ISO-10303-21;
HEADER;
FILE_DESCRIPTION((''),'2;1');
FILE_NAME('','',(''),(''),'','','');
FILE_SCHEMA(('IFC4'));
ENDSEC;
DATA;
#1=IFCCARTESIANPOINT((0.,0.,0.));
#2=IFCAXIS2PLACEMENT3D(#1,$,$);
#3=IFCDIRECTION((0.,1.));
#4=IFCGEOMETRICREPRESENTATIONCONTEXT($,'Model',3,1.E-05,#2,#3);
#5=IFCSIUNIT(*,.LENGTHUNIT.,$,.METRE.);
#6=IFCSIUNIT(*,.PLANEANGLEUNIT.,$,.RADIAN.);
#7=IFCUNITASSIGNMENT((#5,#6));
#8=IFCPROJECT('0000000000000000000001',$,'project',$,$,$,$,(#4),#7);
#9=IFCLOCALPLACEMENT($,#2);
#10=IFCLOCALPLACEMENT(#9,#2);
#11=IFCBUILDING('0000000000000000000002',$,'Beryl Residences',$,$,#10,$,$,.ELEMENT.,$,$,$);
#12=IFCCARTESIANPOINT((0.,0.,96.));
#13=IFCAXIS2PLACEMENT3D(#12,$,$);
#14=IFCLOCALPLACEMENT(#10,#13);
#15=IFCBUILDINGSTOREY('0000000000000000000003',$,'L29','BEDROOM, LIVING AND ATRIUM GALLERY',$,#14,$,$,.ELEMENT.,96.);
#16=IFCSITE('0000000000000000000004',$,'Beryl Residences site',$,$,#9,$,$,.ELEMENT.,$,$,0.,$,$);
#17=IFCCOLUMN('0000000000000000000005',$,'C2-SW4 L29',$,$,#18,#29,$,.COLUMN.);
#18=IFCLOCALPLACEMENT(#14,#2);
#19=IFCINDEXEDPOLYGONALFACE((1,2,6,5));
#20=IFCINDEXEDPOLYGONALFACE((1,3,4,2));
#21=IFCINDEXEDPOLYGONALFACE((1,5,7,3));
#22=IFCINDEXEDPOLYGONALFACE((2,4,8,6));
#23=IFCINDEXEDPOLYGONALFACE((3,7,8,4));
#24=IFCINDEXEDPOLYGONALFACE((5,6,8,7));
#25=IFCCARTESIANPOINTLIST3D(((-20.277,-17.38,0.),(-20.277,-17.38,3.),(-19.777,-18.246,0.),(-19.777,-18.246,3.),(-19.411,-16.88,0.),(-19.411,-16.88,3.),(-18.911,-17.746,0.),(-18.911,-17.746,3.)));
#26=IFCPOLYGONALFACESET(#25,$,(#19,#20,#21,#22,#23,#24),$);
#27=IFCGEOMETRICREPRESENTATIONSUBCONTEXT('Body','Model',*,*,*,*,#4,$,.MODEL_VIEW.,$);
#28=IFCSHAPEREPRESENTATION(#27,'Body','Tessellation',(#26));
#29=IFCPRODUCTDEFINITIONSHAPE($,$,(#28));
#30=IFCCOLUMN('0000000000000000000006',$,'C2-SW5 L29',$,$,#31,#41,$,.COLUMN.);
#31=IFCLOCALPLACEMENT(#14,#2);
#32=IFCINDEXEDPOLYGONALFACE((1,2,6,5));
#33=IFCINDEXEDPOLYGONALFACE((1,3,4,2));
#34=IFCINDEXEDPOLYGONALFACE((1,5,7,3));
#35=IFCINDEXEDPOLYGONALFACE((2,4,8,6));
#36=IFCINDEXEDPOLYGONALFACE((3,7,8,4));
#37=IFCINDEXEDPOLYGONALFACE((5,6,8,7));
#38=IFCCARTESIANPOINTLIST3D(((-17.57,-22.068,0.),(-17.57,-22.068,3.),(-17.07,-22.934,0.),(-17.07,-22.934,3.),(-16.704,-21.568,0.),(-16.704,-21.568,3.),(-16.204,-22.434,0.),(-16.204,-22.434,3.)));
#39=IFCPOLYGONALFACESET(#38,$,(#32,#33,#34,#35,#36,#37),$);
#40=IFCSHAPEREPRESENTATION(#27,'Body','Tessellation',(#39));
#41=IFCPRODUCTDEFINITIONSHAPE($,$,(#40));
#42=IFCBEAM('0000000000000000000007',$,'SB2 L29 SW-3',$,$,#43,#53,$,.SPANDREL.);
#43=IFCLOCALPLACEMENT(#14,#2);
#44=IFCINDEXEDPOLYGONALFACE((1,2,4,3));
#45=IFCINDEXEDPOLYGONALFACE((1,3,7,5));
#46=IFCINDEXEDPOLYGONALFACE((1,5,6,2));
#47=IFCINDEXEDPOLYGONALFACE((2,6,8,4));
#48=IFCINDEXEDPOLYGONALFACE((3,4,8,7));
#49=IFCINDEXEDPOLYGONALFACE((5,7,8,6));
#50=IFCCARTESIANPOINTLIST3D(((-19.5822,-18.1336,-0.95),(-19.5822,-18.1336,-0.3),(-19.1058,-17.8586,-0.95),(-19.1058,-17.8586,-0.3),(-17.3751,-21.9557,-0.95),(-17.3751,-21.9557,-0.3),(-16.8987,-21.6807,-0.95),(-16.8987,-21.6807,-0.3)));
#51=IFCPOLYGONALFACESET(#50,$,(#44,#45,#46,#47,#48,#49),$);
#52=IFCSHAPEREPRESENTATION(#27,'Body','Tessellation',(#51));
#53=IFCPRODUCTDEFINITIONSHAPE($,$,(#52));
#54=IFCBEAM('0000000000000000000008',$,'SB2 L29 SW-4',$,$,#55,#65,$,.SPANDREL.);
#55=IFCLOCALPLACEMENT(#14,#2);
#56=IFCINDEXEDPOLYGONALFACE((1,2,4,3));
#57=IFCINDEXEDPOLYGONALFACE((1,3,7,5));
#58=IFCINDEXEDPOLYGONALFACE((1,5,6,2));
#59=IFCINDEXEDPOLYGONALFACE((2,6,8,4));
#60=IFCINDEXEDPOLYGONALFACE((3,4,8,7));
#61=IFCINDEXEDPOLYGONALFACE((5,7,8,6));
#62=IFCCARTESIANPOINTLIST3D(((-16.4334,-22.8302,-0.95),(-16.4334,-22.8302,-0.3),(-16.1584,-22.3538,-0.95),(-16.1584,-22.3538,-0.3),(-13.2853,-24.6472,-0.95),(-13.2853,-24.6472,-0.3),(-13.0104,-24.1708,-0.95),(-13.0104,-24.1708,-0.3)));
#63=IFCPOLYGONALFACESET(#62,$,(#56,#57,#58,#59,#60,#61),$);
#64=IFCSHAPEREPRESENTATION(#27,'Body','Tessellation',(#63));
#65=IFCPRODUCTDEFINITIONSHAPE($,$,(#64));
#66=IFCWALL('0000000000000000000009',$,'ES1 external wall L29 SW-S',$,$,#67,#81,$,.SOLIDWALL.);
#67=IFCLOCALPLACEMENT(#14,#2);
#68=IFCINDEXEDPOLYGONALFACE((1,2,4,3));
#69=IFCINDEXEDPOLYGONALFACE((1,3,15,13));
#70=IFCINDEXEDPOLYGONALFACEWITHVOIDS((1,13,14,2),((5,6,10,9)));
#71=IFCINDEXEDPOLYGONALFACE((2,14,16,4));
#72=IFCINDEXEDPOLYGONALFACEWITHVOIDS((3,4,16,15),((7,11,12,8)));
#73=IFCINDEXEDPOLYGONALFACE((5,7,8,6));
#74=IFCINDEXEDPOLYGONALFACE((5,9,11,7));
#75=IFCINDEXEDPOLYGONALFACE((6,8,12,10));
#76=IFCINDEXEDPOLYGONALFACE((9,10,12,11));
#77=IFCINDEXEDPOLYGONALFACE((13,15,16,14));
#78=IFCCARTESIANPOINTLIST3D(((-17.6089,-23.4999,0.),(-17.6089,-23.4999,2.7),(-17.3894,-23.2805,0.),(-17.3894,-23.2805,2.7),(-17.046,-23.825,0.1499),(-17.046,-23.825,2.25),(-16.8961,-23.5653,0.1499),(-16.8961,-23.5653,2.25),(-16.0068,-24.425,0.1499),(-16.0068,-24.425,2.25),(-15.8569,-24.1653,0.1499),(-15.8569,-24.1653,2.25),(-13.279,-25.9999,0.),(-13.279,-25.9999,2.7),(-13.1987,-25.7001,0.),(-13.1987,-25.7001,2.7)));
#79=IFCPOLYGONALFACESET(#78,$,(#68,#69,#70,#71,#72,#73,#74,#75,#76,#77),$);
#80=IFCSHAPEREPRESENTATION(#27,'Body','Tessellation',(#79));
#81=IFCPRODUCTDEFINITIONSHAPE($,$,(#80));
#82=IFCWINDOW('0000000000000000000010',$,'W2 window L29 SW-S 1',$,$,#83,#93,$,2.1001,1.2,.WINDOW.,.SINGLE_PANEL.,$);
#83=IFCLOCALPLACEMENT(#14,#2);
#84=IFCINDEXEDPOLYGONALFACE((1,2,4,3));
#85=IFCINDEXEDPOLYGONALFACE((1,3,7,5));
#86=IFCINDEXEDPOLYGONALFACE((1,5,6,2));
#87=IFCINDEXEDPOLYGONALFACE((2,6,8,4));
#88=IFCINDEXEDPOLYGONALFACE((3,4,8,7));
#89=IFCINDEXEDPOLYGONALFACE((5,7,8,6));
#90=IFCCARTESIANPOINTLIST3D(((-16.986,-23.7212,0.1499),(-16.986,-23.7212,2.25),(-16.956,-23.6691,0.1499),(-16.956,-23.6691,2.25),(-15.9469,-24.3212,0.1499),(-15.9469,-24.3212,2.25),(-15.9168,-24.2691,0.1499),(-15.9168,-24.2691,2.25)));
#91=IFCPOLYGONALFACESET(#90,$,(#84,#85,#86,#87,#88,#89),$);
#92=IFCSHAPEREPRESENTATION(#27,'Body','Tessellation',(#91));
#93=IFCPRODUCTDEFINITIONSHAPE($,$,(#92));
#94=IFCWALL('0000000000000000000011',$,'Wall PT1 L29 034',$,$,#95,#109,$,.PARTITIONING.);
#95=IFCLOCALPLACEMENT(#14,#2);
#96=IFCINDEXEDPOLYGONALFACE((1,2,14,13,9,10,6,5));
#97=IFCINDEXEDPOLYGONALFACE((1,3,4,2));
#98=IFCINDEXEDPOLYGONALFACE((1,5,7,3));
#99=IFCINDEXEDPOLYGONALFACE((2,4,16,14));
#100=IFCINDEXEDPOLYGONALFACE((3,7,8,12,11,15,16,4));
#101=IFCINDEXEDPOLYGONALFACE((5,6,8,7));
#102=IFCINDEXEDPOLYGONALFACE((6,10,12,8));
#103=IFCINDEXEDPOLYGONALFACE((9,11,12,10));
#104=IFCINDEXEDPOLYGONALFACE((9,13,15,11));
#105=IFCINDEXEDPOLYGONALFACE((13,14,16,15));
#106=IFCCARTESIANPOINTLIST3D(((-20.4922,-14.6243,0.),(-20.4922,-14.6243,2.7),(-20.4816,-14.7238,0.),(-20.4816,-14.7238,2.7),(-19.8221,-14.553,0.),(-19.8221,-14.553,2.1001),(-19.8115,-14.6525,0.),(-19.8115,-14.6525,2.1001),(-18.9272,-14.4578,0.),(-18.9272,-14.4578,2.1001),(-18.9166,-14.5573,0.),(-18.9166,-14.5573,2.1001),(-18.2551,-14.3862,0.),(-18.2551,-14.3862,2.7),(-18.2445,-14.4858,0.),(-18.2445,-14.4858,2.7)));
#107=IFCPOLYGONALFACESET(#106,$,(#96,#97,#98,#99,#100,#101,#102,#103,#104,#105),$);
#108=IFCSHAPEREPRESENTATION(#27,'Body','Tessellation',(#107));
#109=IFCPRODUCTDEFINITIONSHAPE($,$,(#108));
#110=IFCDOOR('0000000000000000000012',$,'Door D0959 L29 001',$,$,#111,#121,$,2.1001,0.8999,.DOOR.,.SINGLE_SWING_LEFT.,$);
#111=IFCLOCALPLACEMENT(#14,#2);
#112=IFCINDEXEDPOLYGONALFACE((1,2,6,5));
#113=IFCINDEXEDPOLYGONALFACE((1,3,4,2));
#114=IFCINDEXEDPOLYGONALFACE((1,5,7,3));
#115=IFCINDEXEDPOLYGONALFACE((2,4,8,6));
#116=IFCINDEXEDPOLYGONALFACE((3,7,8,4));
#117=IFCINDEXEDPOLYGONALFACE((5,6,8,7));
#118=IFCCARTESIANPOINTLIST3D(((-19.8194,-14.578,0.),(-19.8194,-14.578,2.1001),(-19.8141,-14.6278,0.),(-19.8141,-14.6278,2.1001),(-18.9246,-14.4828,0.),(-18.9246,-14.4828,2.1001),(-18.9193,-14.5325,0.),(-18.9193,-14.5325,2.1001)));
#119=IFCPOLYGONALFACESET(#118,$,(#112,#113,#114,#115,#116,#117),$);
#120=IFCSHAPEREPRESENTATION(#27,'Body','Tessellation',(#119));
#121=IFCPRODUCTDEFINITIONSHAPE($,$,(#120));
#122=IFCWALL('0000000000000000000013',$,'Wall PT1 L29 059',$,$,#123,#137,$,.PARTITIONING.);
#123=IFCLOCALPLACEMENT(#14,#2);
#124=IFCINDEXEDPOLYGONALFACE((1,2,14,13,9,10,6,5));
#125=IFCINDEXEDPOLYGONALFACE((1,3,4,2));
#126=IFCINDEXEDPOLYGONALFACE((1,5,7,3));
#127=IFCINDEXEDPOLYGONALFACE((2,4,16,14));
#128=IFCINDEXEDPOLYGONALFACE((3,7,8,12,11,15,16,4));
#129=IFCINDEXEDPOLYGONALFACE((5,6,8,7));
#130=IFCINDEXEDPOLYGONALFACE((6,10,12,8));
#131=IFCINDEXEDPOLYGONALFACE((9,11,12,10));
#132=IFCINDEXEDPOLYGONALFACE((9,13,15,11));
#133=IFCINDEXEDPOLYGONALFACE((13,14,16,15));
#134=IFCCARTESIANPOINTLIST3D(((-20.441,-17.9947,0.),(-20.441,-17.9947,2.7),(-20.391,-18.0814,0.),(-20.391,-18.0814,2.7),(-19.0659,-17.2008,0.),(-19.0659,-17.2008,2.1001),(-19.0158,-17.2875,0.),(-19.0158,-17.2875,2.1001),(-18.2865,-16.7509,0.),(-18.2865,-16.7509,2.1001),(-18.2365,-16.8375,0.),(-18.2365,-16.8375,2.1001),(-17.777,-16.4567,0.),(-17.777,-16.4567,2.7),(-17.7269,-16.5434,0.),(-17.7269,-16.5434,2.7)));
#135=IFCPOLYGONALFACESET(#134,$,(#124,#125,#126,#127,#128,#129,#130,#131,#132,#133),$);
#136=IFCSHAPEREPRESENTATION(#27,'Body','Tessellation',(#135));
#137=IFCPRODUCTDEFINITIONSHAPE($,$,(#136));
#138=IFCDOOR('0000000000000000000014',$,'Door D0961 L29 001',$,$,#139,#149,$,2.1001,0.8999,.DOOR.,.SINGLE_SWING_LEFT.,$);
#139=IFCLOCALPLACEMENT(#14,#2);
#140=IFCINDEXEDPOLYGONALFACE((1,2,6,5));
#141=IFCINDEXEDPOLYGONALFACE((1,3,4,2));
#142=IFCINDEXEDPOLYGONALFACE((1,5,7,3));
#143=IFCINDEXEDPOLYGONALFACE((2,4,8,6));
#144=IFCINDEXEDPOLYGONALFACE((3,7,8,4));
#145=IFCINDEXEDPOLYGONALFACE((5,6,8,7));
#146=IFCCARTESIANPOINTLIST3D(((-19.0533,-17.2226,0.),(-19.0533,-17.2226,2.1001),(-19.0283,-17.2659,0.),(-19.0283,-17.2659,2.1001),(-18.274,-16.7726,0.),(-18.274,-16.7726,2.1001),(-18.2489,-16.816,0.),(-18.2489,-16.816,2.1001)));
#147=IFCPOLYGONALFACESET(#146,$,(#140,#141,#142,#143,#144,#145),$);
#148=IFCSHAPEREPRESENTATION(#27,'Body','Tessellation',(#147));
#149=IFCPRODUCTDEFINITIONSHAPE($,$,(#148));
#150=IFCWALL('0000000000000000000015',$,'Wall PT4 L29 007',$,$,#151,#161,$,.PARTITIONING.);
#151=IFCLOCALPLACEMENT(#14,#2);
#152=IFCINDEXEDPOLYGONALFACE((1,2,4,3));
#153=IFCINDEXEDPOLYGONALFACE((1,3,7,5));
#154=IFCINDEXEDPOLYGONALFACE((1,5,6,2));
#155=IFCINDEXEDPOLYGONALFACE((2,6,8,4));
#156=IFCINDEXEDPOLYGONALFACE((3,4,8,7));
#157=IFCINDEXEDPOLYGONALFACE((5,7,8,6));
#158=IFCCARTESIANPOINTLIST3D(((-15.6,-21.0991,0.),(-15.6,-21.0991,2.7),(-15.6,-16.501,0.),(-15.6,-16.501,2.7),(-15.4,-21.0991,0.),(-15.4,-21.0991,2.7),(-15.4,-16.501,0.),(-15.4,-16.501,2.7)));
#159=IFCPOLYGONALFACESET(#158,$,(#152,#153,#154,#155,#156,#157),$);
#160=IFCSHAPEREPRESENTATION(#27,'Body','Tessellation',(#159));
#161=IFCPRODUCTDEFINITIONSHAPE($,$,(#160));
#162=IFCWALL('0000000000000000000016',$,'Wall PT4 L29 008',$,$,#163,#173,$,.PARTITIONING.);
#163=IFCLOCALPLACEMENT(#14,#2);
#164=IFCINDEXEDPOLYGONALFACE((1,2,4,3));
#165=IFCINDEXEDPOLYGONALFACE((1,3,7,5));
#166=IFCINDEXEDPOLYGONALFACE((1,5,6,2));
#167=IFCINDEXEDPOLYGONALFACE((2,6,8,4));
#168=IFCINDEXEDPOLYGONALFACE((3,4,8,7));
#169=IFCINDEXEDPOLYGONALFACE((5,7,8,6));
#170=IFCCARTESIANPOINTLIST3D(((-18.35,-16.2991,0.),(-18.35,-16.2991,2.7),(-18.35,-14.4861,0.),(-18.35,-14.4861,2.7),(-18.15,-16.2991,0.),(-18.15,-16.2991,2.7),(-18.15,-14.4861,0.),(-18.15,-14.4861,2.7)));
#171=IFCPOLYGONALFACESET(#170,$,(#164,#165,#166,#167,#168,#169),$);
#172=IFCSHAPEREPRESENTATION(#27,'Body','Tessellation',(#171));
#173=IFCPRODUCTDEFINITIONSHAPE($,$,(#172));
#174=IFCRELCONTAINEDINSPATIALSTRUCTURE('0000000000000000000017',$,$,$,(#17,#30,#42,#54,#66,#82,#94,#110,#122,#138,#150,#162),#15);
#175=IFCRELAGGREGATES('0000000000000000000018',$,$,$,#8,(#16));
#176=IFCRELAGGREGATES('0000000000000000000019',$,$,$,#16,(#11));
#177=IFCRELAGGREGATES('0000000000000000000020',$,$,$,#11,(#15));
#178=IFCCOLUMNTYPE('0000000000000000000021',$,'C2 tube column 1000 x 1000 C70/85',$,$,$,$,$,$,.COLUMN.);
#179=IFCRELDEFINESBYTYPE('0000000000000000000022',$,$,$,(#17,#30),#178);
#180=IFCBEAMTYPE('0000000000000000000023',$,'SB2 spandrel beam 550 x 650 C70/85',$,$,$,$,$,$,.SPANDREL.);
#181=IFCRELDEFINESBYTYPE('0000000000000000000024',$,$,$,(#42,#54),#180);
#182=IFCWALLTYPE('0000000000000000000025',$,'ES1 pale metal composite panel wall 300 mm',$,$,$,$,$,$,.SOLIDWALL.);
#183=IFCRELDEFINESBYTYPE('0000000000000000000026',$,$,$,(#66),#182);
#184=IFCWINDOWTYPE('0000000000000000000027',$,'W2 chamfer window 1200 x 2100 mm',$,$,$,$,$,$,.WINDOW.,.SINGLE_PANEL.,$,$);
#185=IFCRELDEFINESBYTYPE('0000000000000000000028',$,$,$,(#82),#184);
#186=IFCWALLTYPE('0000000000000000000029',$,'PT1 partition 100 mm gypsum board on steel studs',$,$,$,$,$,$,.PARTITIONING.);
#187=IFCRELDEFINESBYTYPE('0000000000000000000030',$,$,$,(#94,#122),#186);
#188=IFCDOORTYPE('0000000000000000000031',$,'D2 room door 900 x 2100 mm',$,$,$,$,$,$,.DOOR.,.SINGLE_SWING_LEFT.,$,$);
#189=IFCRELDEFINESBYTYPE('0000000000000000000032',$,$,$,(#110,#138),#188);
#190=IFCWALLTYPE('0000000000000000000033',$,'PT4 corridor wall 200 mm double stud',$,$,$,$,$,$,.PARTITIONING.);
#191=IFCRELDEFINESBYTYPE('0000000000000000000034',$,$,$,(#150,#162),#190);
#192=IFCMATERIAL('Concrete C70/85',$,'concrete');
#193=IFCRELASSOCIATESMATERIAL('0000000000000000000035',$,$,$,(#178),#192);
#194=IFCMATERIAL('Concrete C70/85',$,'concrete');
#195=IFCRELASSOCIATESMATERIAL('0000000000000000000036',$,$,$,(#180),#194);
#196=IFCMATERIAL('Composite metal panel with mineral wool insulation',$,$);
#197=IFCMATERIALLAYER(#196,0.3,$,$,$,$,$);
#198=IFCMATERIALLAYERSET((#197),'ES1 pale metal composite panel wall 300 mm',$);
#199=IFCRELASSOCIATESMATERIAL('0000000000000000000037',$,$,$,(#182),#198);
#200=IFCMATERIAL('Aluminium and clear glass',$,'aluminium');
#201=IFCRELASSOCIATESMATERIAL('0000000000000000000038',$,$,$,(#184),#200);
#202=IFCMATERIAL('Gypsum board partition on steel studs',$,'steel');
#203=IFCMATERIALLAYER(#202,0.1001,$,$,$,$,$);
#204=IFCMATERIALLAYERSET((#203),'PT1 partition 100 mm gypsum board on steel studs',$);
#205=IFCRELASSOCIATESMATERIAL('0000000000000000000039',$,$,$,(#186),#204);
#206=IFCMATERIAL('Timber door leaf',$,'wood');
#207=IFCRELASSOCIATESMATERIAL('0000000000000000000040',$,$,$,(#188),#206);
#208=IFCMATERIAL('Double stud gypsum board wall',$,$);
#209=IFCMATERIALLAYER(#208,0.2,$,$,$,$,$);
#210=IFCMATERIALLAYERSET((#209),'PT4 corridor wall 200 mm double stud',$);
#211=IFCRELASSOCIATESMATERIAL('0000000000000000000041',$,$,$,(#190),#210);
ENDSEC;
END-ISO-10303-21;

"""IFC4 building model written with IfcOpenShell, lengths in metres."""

from ifc_helpers import new_model, si_unit, direction, frame, frame_2d, origin, origin_2d, place, context, subcontext, project, spatial, polyline, rectangle, outline, extrude, material, layer, layer_set, material_profile, profile_set, type_object, element, fill, save


model = new_model("IFC4")

# Units and contexts
model_context = context("Model", 3, precision=1e-05, world=origin(), true_north=direction((0.0, 1.0)))
body_context = subcontext(model_context, "Body", "Model", "MODEL_VIEW")
ifc_project = project(units=[si_unit("LENGTHUNIT", "METRE"), si_unit("PLANEANGLEUNIT", "RADIAN")], contexts=[model_context])

# Site, building, storey
site_placement = place(None, origin())
site = spatial("IfcSite", under=ifc_project, at=site_placement, Name="Beryl Residences site", CompositionType="ELEMENT", RefElevation=0.0)
building_placement = place(site_placement, origin())
building = spatial("IfcBuilding", under=site, at=building_placement, Name="Beryl Residences", CompositionType="ELEMENT")
storey_placement = place(building_placement, frame((0.0, 0.0, 96.0)))
storey = spatial("IfcBuildingStorey", under=building, at=storey_placement, Name="L29", Description="BEDROOM, LIVING AND ATRIUM GALLERY", CompositionType="ELEMENT", Elevation=96.0)

# Columns
ifc_material_1 = material(Name="Concrete C70/85", Category="concrete")
ifc_material_profile_1 = material_profile(ifc_material_1, rectangle(XDim=1.0, YDim=1.0, at=origin_2d()))
ifc_profile_set_1 = profile_set([ifc_material_profile_1], Name="Concrete C70/85")
column_type = type_object("IfcColumnType", Name="C2 tube column 1000 x 1000 C70/85", PredefinedType="COLUMN", material=ifc_profile_set_1)
for number, where, z_axis, x_axis, name in (
    (1, (-19.594, -17.563, 0.0), (0.0, 0.0, 1.0), (0.5, -0.866025, 0.0), "C2-SW4 L29"),
    (2, (-16.887, -22.251, 0.0), (0.0, 0.0, 1.0), (0.5, -0.866025, 0.0), "C2-SW5 L29"),
):
    element("IfcColumn", number, at=place(storey_placement, frame(where, z_axis=z_axis, x_axis=x_axis)), inside=storey, type_object=column_type, Name=name, PredefinedType="COLUMN", context=body_context, shape_type="SweptSolid", body=[
        extrude(rectangle(XDim=1.0, YDim=1.0, at=origin_2d()), origin(), (0.0, 0.0, 1.0), 3.0),
    ])

# Beams
ifc_material_2 = material(Name="Concrete C70/85", Category="concrete")
ifc_material_profile_2 = material_profile(ifc_material_2, rectangle(XDim=0.55, YDim=0.6499, at=origin_2d()))
ifc_profile_set_2 = profile_set([ifc_material_profile_2], Name="Concrete C70/85")
beam_type = type_object("IfcBeamType", Name="SB2 spandrel beam 550 x 650 C70/85", PredefinedType="SPANDREL", material=ifc_profile_set_2)
beam_1_placement = place(storey_placement, frame((-19.344, -17.9961, -0.625), z_axis=(0.500066, -0.865988, 0.0), x_axis=(0.865988, 0.500066, 0.0)))
element("IfcBeam", 3, at=beam_1_placement, inside=storey, type_object=beam_type, Name="SB2 L29 SW-3", PredefinedType="SPANDREL", context=body_context, shape_type="SweptSolid", body=[
    extrude(rectangle(XDim=0.55, YDim=0.6499, at=origin_2d()), origin(), (0.0, 0.0, 1.0), 4.4136),
])
beam_2_placement = place(storey_placement, frame((-16.2959, -22.592, -0.625), z_axis=(0.866094, -0.499881, 0.0), x_axis=(0.499881, 0.866094, 0.0)))
element("IfcBeam", 4, at=beam_2_placement, inside=storey, type_object=beam_type, Name="SB2 L29 SW-4", PredefinedType="SPANDREL", context=body_context, shape_type="SweptSolid", body=[
    extrude(rectangle(XDim=0.55, YDim=0.6499, at=origin_2d()), origin(), (0.0, 0.0, 1.0), 3.6348),
])

# Wall, opening, window
ifc_material_3 = material(Name="Composite metal panel with mineral wool insulation")
ifc_layer_1 = layer(ifc_material_3, 0.3)
ifc_layer_set_1 = layer_set([ifc_layer_1], Name="ES1 pale metal composite panel wall 300 mm")
wall_type_1 = type_object("IfcWallType", Name="ES1 pale metal composite panel wall 300 mm", PredefinedType="SOLIDWALL", material=ifc_layer_set_1)
wall_1_placement = place(storey_placement, frame((-17.5339, -23.3701, 0.0), z_axis=(0.0, 0.0, 1.0), x_axis=(0.866011, -0.500025, 0.0)))
wall_1 = element("IfcWall", 5, at=wall_1_placement, inside=storey, type_object=wall_type_1, Name="ES1 external wall L29 SW-S", PredefinedType="SOLIDWALL", context=body_context, shape_type="SweptSolid", body=[
    extrude(outline(polyline([(0.0, -0.1499), (4.9998, -0.1499), (4.9194, 0.1499), (0.0803, 0.1499), (0.0, -0.1499)])), origin(), (0.0, 0.0, 1.0), 2.7),
])
opening_1_placement = place(wall_1_placement, frame((0.6499, 0.0, 0.1499)))
opening_1 = element("IfcOpeningElement", 6, at=opening_1_placement, cuts=wall_1, PredefinedType="OPENING", context=body_context, shape_type="SweptSolid", body=[
    extrude(rectangle(XDim=1.2, YDim=2.1001, at=frame_2d((0.6001, 1.05))), frame((0.0, 0.1599, 0.0), z_axis=(0.0, -1.0, 0.0), x_axis=(1.0, 0.0, 0.0)), (0.0, 0.0, 1.0), 0.3201),
])
ifc_material_4 = material(Name="Aluminium and clear glass", Category="aluminium")
window_type = type_object("IfcWindowType", Name="W2 chamfer window 1200 x 2100 mm", PartitioningType="SINGLE_PANEL", PredefinedType="WINDOW", material=ifc_material_4)
window_placement = place(opening_1_placement, origin())
window = element("IfcWindow", 7, at=window_placement, inside=storey, type_object=window_type, Name="W2 window L29 SW-S 1", OverallHeight=2.1001, OverallWidth=1.2, PartitioningType="SINGLE_PANEL", PredefinedType="WINDOW", context=body_context, shape_type="SweptSolid", body=[
    extrude(rectangle(XDim=1.2, YDim=2.1001, at=frame_2d((0.6001, 1.05))), frame((0.0, 0.03, 0.0), z_axis=(0.0, -1.0, 0.0), x_axis=(1.0, 0.0, 0.0)), (0.0, 0.0, 1.0), 0.0601),
])
fill(opening_1, window)

# Walls, openings, doors
ifc_material_5 = material(Name="Gypsum board partition on steel studs", Category="steel")
ifc_layer_2 = layer(ifc_material_5, 0.1001)
ifc_layer_set_2 = layer_set([ifc_layer_2], Name="PT1 partition 100 mm gypsum board on steel studs")
wall_type_2 = type_object("IfcWallType", Name="PT1 partition 100 mm gypsum board on steel studs", PredefinedType="PARTITIONING", material=ifc_layer_set_2)
wall_2_placement = place(storey_placement, frame((-20.4871, -14.6741, 0.0), z_axis=(0.0, 0.0, 1.0), x_axis=(0.994386, 0.105809, 0.0)))
wall_2 = element("IfcWall", 8, at=wall_2_placement, inside=storey, type_object=wall_type_2, Name="Wall PT1 L29 034", PredefinedType="PARTITIONING", context=body_context, shape_type="SweptSolid", body=[
    extrude(rectangle(XDim=2.2498, YDim=0.1001, at=frame_2d((1.125, 0.0))), origin(), (0.0, 0.0, 1.0), 2.7),
])
opening_2_placement = place(wall_2_placement, frame((0.6741, 0.0, 0.0)))
opening_2 = element("IfcOpeningElement", 9, at=opening_2_placement, cuts=wall_2, PredefinedType="OPENING", context=body_context, shape_type="SweptSolid", body=[
    extrude(rectangle(XDim=0.8999, YDim=2.1001, at=frame_2d((0.45, 1.05))), frame((0.0, 0.0601, 0.0), z_axis=(0.0, -1.0, 0.0), x_axis=(1.0, 0.0, 0.0)), (0.0, 0.0, 1.0), 0.1201),
])
ifc_material_6 = material(Name="Timber door leaf", Category="wood")
door_type_1 = type_object("IfcDoorType", Name="D2 room door 900 x 2100 mm", OperationType="SINGLE_SWING_LEFT", PredefinedType="DOOR", material=ifc_material_6)
door_1_placement = place(opening_2_placement, origin())
door_1 = element("IfcDoor", 10, at=door_1_placement, inside=storey, type_object=door_type_1, Name="Door D0959 L29 001", OperationType="SINGLE_SWING_LEFT", OverallHeight=2.1001, OverallWidth=0.8999, PredefinedType="DOOR", context=body_context, shape_type="SweptSolid", body=[
    extrude(rectangle(XDim=0.8999, YDim=2.1001, at=frame_2d((0.45, 1.05))), frame((0.0, 0.0249, 0.0), z_axis=(0.0, -1.0, 0.0), x_axis=(1.0, 0.0, 0.0)), (0.0, 0.0, 1.0), 0.05),
])
fill(opening_2, door_1)
wall_3_placement = place(storey_placement, frame((-20.416, -18.0381, 0.0), z_axis=(0.0, 0.0, 1.0), x_axis=(0.866027, 0.499997, 0.0)))
wall_3 = element("IfcWall", 11, at=wall_3_placement, inside=storey, type_object=wall_type_2, Name="Wall PT1 L29 059", PredefinedType="PARTITIONING", context=body_context, shape_type="SweptSolid", body=[
    extrude(rectangle(XDim=3.0762, YDim=0.1001, at=frame_2d((1.5381, 0.0))), origin(), (0.0, 0.0, 1.0), 2.7),
])
opening_3_placement = place(wall_3_placement, frame((1.5879, 0.0, 0.0)))
opening_3 = element("IfcOpeningElement", 12, at=opening_3_placement, cuts=wall_3, PredefinedType="OPENING", context=body_context, shape_type="SweptSolid", body=[
    extrude(rectangle(XDim=0.8999, YDim=2.1001, at=frame_2d((0.45, 1.05))), frame((0.0, 0.0601, 0.0), z_axis=(0.0, -1.0, 0.0), x_axis=(1.0, 0.0, 0.0)), (0.0, 0.0, 1.0), 0.1201),
])
door_2_placement = place(opening_3_placement, origin())
door_2 = element("IfcDoor", 13, at=door_2_placement, inside=storey, type_object=door_type_1, Name="Door D0961 L29 001", OperationType="SINGLE_SWING_LEFT", OverallHeight=2.1001, OverallWidth=0.8999, PredefinedType="DOOR", context=body_context, shape_type="SweptSolid", body=[
    extrude(rectangle(XDim=0.8999, YDim=2.1001, at=frame_2d((0.45, 1.05))), frame((0.0, 0.0249, 0.0), z_axis=(0.0, -1.0, 0.0), x_axis=(1.0, 0.0, 0.0)), (0.0, 0.0, 1.0), 0.05),
])
fill(opening_3, door_2)

# Walls
ifc_material_7 = material(Name="Double stud gypsum board wall")
ifc_layer_3 = layer(ifc_material_7, 0.2)
ifc_layer_set_3 = layer_set([ifc_layer_3], Name="PT4 corridor wall 200 mm double stud")
wall_type_3 = type_object("IfcWallType", Name="PT4 corridor wall 200 mm double stud", PredefinedType="PARTITIONING", material=ifc_layer_set_3)
wall_4_placement = place(storey_placement, frame((-15.5, -16.501, 0.0), z_axis=(0.0, 0.0, 1.0), x_axis=(0.0, -1.0, 0.0)))
element("IfcWall", 14, at=wall_4_placement, inside=storey, type_object=wall_type_3, Name="Wall PT4 L29 007", PredefinedType="PARTITIONING", context=body_context, shape_type="SweptSolid", body=[
    extrude(rectangle(XDim=4.5981, YDim=0.2, at=frame_2d((2.2991, 0.0))), origin(), (0.0, 0.0, 1.0), 2.7),
])
wall_5_placement = place(storey_placement, frame((-18.25, -14.4861, 0.0), z_axis=(0.0, 0.0, 1.0), x_axis=(0.0, -1.0, 0.0)))
element("IfcWall", 15, at=wall_5_placement, inside=storey, type_object=wall_type_3, Name="Wall PT4 L29 008", PredefinedType="PARTITIONING", context=body_context, shape_type="SweptSolid", body=[
    extrude(rectangle(XDim=1.813, YDim=0.2, at=frame_2d((0.9065, 0.0))), origin(), (0.0, 0.0, 1.0), 2.7),
])

save(model, "model.ifc")
